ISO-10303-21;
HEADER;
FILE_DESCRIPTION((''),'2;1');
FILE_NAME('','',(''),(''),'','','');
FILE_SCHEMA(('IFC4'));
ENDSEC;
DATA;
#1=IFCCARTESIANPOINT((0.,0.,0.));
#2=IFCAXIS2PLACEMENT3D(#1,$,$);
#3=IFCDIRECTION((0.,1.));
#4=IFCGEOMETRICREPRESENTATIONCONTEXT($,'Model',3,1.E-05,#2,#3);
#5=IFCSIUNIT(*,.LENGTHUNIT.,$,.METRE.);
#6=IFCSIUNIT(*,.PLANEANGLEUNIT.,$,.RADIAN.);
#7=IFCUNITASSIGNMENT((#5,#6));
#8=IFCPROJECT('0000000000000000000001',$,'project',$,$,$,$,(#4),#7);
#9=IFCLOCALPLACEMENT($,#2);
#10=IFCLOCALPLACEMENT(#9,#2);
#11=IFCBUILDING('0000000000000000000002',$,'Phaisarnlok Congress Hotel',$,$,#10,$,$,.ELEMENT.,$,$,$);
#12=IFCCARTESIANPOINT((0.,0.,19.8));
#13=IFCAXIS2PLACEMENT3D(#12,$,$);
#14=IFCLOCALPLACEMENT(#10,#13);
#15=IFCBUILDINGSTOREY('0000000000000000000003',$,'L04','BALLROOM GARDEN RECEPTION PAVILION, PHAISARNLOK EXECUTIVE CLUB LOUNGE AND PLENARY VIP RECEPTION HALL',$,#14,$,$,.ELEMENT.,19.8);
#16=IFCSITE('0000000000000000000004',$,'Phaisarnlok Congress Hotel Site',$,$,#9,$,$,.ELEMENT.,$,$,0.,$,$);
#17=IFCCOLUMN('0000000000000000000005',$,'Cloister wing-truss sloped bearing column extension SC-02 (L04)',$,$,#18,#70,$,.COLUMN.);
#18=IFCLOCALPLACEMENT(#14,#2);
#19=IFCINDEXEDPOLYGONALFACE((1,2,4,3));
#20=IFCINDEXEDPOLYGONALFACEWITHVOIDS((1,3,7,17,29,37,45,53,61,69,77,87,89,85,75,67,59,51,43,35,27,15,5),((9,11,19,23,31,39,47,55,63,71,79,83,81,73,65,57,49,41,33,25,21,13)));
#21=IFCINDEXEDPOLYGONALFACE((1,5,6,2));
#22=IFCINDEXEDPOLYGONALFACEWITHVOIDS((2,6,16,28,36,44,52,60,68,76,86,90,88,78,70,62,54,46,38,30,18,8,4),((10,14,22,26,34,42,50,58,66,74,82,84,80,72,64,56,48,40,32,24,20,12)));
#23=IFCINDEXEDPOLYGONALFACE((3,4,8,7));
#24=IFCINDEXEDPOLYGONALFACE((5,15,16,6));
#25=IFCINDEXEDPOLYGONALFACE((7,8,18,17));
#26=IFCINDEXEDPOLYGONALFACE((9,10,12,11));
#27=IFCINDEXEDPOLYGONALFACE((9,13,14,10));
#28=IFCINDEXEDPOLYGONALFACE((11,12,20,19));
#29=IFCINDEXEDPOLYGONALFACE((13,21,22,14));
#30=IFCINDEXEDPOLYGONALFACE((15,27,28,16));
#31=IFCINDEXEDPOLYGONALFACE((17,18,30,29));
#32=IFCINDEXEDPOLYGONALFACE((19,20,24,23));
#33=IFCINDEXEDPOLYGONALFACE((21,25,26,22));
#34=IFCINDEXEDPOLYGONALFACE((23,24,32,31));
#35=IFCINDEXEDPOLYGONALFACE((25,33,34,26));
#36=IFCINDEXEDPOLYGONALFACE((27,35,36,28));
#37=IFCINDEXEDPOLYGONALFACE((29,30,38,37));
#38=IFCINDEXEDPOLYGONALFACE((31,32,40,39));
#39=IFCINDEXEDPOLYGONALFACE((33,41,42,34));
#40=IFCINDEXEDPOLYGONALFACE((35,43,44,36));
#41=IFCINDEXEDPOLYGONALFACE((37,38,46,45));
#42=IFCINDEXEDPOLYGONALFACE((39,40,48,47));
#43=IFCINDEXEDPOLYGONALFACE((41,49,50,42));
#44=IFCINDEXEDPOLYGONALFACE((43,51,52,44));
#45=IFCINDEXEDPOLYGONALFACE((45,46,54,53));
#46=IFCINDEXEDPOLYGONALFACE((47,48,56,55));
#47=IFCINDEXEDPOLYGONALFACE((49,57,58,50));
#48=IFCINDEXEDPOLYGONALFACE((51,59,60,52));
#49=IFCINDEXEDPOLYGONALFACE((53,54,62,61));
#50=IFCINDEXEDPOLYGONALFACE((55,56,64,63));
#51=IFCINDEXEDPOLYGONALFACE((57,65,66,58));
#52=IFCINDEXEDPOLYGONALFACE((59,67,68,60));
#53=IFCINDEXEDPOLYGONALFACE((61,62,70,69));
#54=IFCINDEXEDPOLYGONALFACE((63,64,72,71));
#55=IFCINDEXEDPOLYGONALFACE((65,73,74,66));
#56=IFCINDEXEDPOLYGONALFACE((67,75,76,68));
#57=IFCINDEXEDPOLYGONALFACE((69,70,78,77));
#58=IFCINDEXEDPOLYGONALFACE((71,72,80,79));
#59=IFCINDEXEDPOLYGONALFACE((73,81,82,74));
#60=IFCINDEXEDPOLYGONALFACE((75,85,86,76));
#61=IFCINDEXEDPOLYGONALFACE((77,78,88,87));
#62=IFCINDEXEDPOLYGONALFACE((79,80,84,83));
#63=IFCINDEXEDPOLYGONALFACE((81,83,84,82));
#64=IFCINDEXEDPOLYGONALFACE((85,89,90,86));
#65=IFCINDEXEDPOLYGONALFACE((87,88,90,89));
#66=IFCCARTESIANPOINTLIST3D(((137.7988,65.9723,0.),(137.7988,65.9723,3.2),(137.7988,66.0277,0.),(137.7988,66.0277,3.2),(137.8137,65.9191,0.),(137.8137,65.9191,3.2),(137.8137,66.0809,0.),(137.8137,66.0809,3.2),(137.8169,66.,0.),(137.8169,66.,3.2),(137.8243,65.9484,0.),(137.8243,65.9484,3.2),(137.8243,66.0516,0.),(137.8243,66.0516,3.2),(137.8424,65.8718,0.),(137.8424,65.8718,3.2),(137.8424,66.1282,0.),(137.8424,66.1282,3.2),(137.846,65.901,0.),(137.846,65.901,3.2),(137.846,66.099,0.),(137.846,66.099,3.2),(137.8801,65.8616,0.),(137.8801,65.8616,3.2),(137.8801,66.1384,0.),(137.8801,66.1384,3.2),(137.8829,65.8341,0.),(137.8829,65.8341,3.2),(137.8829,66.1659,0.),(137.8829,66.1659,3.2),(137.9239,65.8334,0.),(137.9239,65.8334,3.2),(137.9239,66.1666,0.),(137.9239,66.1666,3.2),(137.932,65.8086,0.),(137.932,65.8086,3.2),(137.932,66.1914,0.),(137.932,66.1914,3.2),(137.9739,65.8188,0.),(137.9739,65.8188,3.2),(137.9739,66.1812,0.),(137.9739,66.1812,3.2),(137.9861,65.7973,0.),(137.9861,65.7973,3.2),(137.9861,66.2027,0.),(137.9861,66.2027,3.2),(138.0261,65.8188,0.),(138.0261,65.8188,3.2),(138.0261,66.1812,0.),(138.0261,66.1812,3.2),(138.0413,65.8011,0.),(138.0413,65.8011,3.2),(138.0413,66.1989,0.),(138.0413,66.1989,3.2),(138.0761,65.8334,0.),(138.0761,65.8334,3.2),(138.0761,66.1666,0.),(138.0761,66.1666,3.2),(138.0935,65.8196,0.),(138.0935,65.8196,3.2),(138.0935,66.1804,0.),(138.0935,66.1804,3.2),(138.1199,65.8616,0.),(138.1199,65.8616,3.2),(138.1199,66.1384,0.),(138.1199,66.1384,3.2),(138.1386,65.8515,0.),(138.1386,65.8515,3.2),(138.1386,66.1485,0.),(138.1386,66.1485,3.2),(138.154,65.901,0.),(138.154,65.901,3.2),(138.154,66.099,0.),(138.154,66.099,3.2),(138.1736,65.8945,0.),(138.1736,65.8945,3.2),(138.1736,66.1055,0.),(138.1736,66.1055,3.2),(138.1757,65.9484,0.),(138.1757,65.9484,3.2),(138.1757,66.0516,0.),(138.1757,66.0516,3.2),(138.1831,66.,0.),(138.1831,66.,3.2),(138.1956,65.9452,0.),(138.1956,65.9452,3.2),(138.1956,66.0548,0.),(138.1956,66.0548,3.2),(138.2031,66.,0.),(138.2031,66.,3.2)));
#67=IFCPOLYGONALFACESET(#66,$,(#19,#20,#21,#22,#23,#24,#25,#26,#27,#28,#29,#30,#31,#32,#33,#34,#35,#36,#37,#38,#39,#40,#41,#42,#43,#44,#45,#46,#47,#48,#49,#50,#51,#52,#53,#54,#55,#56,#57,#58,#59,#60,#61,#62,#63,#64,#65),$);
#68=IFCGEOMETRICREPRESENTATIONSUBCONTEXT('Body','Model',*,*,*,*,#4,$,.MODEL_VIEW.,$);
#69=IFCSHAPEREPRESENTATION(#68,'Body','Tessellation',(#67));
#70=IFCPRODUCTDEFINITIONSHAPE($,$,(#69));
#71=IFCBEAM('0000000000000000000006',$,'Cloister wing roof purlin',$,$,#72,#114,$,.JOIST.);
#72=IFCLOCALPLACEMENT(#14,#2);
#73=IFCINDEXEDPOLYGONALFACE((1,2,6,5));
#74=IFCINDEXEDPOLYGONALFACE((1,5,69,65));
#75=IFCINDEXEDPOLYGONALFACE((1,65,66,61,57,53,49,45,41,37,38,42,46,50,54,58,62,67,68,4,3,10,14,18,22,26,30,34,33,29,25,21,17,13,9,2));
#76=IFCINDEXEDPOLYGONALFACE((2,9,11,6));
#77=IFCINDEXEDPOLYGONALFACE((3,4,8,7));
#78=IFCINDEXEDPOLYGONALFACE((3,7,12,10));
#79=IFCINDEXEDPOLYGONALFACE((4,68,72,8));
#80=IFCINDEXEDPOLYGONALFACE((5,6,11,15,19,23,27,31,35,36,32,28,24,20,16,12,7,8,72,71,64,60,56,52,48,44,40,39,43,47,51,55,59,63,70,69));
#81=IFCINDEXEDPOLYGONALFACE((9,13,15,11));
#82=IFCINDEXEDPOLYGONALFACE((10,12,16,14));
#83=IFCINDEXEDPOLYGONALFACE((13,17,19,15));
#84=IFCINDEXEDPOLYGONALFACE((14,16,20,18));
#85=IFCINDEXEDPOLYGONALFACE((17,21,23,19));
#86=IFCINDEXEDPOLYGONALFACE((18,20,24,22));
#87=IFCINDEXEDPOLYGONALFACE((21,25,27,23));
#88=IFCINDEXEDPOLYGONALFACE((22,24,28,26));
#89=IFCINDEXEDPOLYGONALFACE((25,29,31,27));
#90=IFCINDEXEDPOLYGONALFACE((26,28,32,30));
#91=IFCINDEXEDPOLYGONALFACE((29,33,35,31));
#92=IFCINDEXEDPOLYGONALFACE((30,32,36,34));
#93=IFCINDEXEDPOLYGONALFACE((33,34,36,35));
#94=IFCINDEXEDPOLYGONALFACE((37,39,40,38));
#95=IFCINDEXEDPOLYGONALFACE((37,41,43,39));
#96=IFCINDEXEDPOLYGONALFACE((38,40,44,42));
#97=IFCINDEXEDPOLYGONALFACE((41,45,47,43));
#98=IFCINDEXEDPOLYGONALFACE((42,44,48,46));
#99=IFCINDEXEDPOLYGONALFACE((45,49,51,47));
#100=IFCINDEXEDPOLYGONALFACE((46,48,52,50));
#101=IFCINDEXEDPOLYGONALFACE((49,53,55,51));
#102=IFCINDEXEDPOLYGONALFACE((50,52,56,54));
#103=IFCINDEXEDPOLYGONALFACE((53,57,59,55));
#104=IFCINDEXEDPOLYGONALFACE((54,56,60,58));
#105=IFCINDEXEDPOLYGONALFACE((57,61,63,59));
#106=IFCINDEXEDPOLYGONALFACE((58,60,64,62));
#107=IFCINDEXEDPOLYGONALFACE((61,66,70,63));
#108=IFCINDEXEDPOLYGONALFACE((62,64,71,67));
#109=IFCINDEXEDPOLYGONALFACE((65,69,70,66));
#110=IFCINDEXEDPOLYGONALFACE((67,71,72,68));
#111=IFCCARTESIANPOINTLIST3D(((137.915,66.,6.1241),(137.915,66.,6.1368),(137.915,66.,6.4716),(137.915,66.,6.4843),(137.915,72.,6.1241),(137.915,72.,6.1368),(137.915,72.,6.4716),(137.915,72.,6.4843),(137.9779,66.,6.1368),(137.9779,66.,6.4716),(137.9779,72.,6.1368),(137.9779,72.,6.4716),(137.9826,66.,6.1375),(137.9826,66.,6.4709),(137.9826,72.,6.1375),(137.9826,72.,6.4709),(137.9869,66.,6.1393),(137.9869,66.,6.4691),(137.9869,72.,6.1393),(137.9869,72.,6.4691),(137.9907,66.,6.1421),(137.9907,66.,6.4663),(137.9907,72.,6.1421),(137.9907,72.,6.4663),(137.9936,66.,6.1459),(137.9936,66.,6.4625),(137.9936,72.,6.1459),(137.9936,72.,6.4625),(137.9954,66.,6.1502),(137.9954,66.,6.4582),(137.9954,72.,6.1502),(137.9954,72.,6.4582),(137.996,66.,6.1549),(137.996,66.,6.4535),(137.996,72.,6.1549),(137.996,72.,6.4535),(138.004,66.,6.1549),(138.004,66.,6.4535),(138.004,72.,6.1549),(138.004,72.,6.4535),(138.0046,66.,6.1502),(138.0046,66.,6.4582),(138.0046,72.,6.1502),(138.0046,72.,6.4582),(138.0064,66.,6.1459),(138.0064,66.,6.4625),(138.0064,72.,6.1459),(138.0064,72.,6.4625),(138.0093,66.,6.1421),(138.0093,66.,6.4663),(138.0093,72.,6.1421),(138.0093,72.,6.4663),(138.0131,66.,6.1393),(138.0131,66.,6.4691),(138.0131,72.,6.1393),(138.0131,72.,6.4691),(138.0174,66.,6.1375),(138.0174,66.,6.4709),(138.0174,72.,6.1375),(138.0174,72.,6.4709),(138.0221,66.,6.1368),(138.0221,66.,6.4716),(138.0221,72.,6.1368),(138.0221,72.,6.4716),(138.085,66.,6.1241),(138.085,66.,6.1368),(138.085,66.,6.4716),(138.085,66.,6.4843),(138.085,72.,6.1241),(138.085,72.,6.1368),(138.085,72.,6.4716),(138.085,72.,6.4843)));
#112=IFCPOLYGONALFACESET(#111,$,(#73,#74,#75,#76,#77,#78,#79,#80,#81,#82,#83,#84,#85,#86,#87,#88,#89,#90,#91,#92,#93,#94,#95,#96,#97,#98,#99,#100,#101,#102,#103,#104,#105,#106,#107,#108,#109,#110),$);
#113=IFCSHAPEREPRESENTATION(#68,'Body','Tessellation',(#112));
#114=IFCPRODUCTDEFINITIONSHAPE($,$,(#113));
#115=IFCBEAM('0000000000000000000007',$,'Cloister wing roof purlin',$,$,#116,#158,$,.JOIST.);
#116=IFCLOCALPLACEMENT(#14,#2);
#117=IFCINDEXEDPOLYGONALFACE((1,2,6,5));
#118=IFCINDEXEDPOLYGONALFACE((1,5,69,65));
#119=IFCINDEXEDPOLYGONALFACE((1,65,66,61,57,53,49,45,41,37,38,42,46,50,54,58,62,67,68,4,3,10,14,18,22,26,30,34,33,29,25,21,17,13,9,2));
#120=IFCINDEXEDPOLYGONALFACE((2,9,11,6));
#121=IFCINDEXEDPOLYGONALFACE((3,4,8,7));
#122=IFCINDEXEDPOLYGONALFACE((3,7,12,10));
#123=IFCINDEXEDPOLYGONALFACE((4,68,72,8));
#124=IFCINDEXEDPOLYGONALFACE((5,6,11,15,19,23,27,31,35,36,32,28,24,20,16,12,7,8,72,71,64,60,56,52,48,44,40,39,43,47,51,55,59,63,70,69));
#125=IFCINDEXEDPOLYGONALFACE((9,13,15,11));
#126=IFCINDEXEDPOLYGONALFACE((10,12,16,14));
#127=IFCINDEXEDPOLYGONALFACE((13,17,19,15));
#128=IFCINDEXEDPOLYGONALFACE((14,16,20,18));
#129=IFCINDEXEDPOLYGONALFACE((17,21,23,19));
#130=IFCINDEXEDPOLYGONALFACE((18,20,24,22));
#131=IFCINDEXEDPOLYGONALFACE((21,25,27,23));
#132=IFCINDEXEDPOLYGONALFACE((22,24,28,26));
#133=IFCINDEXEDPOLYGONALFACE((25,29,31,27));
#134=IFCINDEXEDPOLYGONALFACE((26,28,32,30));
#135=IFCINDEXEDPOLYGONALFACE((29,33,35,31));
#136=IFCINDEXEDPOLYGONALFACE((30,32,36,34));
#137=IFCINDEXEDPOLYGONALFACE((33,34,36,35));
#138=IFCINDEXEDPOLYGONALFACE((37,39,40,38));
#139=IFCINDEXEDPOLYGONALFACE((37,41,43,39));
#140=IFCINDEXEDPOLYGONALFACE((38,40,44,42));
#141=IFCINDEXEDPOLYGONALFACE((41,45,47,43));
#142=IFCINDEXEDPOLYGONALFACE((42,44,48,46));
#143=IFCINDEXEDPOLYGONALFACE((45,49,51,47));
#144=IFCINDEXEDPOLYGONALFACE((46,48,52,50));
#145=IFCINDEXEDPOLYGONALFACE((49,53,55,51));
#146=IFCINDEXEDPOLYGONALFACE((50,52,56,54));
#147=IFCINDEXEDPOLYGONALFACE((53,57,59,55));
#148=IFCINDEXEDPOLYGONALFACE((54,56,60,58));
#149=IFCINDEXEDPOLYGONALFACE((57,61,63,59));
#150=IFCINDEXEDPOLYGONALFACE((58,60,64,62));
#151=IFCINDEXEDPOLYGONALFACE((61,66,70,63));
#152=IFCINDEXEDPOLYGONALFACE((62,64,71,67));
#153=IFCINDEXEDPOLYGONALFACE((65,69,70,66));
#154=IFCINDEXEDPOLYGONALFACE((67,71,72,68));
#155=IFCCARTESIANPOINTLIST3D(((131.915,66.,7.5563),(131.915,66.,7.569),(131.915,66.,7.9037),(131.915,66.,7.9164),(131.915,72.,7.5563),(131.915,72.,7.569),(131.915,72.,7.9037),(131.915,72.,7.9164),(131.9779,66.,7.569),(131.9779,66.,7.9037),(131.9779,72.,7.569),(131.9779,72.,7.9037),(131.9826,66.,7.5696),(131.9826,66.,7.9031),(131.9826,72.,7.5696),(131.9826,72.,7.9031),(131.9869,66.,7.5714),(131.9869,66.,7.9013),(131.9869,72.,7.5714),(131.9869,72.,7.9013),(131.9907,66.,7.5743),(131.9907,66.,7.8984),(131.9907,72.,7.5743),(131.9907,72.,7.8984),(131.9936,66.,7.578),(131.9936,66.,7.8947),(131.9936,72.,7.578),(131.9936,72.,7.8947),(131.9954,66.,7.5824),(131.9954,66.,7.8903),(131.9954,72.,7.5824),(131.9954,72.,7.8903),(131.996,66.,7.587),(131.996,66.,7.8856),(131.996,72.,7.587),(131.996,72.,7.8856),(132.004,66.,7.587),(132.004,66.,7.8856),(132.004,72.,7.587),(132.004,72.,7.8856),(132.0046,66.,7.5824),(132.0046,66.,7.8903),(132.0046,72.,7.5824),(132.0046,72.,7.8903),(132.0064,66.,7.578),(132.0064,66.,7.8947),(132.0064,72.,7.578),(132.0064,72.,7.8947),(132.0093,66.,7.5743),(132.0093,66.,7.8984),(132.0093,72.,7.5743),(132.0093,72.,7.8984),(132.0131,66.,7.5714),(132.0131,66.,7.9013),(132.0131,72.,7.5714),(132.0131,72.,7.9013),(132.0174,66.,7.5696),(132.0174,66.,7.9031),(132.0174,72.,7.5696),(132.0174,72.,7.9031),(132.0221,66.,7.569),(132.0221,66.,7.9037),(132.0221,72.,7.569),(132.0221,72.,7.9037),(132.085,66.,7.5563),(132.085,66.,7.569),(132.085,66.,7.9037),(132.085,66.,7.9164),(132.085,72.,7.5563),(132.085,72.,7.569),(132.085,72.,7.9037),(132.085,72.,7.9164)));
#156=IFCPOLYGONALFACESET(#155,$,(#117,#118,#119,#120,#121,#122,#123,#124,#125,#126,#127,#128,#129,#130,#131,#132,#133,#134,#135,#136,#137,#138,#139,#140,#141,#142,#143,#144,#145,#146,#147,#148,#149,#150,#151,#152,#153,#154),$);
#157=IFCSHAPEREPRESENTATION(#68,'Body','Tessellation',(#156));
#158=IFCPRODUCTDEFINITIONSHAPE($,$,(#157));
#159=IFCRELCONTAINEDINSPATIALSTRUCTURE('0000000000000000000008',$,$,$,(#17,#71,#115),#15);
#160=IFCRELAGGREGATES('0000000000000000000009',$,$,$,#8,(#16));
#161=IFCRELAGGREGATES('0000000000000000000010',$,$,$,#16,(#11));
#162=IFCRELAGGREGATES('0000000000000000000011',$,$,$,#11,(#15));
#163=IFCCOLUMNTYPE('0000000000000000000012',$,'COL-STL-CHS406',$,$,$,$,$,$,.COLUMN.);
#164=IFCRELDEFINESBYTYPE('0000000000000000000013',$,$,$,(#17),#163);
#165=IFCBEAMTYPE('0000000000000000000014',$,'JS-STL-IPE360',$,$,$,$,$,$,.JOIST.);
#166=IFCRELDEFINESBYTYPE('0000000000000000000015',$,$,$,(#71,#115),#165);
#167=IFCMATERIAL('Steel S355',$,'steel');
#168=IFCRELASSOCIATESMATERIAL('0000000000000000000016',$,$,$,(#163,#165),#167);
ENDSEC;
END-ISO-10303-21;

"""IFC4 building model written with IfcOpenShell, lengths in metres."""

from ifc_helpers import new_model, si_unit, direction, frame, origin, origin_2d, place, context, subcontext, project, spatial, hollow_circle, i_section, extrude, material, material_profile, profile_set, type_object, element, save


model = new_model("IFC4")

# Units and contexts
model_context = context("Model", 3, precision=1e-05, world=origin(), true_north=direction((0.0, 1.0)))
body_context = subcontext(model_context, "Body", "Model", "MODEL_VIEW")
ifc_project = project(units=[si_unit("LENGTHUNIT", "METRE"), si_unit("PLANEANGLEUNIT", "RADIAN")], contexts=[model_context])

# Site, building, storey
site_placement = place(None, origin())
site = spatial("IfcSite", under=ifc_project, at=site_placement, Name="Phaisarnlok Congress Hotel Site", CompositionType="ELEMENT", RefElevation=0.0)
building_placement = place(site_placement, origin())
building = spatial("IfcBuilding", under=site, at=building_placement, Name="Phaisarnlok Congress Hotel", CompositionType="ELEMENT")
storey_placement = place(building_placement, frame((0.0, 0.0, 19.8)))
storey = spatial("IfcBuildingStorey", under=building, at=storey_placement, Name="L04", Description="BALLROOM GARDEN RECEPTION PAVILION, PHAISARNLOK EXECUTIVE CLUB LOUNGE AND PLENARY VIP RECEPTION HALL", CompositionType="ELEMENT", Elevation=19.8)

# Column
ifc_material_1 = material(Name="Steel S355", Category="steel")
ifc_material_profile_1 = material_profile(ifc_material_1, hollow_circle(Radius=0.2031, WallThickness=0.02, at=origin_2d()), Name="CHS 406.4x20")
ifc_profile_set_1 = profile_set([ifc_material_profile_1], Name="Steel S355")
column_type = type_object("IfcColumnType", Name="COL-STL-CHS406", PredefinedType="COLUMN", material=ifc_profile_set_1)
column_placement = place(storey_placement, frame((138.0, 66.0, 0.0), z_axis=(0.0, 0.0, 1.0), x_axis=(1.0, 0.0, 0.0)))
element("IfcColumn", 1, at=column_placement, inside=storey, type_object=column_type, Name="Cloister wing-truss sloped bearing column extension SC-02 (L04)", PredefinedType="COLUMN", context=body_context, shape_type="SweptSolid", body=[
    extrude(hollow_circle(Radius=0.2031, WallThickness=0.02, at=origin_2d()), origin(), (0.0, 0.0, 1.0), 3.2),
])

# Beams
ifc_material_profile_2 = material_profile(ifc_material_1, i_section(OverallWidth=0.1699, OverallDepth=0.3601, WebThickness=0.0081, FlangeThickness=0.0127, FilletRadius=0.0181, at=origin_2d()), Name="IPE 360")
ifc_profile_set_2 = profile_set([ifc_material_profile_2], Name="Steel S355")
beam_type = type_object("IfcBeamType", Name="JS-STL-IPE360", PredefinedType="JOIST", material=ifc_profile_set_2)
for number, where, z_axis, x_axis, name in (
    (2, (138.0, 66.0, 6.3042), (0.0, 1.0, 0.0), (-1.0, 0.0, 0.0), "Cloister wing roof purlin"),
    (3, (132.0, 66.0, 7.7363), (0.0, 1.0, 0.0), (-1.0, 0.0, 0.0), "Cloister wing roof purlin"),
):
    element("IfcBeam", number, at=place(storey_placement, frame(where, z_axis=z_axis, x_axis=x_axis)), inside=storey, type_object=beam_type, Name=name, PredefinedType="JOIST", context=body_context, shape_type="SweptSolid", body=[
        extrude(i_section(OverallWidth=0.1699, OverallDepth=0.3601, WebThickness=0.0081, FlangeThickness=0.0127, FilletRadius=0.0181, at=origin_2d()), origin(), (0.0, 0.0, 1.0), 6.0),
    ])

save(model, "model.ifc")
